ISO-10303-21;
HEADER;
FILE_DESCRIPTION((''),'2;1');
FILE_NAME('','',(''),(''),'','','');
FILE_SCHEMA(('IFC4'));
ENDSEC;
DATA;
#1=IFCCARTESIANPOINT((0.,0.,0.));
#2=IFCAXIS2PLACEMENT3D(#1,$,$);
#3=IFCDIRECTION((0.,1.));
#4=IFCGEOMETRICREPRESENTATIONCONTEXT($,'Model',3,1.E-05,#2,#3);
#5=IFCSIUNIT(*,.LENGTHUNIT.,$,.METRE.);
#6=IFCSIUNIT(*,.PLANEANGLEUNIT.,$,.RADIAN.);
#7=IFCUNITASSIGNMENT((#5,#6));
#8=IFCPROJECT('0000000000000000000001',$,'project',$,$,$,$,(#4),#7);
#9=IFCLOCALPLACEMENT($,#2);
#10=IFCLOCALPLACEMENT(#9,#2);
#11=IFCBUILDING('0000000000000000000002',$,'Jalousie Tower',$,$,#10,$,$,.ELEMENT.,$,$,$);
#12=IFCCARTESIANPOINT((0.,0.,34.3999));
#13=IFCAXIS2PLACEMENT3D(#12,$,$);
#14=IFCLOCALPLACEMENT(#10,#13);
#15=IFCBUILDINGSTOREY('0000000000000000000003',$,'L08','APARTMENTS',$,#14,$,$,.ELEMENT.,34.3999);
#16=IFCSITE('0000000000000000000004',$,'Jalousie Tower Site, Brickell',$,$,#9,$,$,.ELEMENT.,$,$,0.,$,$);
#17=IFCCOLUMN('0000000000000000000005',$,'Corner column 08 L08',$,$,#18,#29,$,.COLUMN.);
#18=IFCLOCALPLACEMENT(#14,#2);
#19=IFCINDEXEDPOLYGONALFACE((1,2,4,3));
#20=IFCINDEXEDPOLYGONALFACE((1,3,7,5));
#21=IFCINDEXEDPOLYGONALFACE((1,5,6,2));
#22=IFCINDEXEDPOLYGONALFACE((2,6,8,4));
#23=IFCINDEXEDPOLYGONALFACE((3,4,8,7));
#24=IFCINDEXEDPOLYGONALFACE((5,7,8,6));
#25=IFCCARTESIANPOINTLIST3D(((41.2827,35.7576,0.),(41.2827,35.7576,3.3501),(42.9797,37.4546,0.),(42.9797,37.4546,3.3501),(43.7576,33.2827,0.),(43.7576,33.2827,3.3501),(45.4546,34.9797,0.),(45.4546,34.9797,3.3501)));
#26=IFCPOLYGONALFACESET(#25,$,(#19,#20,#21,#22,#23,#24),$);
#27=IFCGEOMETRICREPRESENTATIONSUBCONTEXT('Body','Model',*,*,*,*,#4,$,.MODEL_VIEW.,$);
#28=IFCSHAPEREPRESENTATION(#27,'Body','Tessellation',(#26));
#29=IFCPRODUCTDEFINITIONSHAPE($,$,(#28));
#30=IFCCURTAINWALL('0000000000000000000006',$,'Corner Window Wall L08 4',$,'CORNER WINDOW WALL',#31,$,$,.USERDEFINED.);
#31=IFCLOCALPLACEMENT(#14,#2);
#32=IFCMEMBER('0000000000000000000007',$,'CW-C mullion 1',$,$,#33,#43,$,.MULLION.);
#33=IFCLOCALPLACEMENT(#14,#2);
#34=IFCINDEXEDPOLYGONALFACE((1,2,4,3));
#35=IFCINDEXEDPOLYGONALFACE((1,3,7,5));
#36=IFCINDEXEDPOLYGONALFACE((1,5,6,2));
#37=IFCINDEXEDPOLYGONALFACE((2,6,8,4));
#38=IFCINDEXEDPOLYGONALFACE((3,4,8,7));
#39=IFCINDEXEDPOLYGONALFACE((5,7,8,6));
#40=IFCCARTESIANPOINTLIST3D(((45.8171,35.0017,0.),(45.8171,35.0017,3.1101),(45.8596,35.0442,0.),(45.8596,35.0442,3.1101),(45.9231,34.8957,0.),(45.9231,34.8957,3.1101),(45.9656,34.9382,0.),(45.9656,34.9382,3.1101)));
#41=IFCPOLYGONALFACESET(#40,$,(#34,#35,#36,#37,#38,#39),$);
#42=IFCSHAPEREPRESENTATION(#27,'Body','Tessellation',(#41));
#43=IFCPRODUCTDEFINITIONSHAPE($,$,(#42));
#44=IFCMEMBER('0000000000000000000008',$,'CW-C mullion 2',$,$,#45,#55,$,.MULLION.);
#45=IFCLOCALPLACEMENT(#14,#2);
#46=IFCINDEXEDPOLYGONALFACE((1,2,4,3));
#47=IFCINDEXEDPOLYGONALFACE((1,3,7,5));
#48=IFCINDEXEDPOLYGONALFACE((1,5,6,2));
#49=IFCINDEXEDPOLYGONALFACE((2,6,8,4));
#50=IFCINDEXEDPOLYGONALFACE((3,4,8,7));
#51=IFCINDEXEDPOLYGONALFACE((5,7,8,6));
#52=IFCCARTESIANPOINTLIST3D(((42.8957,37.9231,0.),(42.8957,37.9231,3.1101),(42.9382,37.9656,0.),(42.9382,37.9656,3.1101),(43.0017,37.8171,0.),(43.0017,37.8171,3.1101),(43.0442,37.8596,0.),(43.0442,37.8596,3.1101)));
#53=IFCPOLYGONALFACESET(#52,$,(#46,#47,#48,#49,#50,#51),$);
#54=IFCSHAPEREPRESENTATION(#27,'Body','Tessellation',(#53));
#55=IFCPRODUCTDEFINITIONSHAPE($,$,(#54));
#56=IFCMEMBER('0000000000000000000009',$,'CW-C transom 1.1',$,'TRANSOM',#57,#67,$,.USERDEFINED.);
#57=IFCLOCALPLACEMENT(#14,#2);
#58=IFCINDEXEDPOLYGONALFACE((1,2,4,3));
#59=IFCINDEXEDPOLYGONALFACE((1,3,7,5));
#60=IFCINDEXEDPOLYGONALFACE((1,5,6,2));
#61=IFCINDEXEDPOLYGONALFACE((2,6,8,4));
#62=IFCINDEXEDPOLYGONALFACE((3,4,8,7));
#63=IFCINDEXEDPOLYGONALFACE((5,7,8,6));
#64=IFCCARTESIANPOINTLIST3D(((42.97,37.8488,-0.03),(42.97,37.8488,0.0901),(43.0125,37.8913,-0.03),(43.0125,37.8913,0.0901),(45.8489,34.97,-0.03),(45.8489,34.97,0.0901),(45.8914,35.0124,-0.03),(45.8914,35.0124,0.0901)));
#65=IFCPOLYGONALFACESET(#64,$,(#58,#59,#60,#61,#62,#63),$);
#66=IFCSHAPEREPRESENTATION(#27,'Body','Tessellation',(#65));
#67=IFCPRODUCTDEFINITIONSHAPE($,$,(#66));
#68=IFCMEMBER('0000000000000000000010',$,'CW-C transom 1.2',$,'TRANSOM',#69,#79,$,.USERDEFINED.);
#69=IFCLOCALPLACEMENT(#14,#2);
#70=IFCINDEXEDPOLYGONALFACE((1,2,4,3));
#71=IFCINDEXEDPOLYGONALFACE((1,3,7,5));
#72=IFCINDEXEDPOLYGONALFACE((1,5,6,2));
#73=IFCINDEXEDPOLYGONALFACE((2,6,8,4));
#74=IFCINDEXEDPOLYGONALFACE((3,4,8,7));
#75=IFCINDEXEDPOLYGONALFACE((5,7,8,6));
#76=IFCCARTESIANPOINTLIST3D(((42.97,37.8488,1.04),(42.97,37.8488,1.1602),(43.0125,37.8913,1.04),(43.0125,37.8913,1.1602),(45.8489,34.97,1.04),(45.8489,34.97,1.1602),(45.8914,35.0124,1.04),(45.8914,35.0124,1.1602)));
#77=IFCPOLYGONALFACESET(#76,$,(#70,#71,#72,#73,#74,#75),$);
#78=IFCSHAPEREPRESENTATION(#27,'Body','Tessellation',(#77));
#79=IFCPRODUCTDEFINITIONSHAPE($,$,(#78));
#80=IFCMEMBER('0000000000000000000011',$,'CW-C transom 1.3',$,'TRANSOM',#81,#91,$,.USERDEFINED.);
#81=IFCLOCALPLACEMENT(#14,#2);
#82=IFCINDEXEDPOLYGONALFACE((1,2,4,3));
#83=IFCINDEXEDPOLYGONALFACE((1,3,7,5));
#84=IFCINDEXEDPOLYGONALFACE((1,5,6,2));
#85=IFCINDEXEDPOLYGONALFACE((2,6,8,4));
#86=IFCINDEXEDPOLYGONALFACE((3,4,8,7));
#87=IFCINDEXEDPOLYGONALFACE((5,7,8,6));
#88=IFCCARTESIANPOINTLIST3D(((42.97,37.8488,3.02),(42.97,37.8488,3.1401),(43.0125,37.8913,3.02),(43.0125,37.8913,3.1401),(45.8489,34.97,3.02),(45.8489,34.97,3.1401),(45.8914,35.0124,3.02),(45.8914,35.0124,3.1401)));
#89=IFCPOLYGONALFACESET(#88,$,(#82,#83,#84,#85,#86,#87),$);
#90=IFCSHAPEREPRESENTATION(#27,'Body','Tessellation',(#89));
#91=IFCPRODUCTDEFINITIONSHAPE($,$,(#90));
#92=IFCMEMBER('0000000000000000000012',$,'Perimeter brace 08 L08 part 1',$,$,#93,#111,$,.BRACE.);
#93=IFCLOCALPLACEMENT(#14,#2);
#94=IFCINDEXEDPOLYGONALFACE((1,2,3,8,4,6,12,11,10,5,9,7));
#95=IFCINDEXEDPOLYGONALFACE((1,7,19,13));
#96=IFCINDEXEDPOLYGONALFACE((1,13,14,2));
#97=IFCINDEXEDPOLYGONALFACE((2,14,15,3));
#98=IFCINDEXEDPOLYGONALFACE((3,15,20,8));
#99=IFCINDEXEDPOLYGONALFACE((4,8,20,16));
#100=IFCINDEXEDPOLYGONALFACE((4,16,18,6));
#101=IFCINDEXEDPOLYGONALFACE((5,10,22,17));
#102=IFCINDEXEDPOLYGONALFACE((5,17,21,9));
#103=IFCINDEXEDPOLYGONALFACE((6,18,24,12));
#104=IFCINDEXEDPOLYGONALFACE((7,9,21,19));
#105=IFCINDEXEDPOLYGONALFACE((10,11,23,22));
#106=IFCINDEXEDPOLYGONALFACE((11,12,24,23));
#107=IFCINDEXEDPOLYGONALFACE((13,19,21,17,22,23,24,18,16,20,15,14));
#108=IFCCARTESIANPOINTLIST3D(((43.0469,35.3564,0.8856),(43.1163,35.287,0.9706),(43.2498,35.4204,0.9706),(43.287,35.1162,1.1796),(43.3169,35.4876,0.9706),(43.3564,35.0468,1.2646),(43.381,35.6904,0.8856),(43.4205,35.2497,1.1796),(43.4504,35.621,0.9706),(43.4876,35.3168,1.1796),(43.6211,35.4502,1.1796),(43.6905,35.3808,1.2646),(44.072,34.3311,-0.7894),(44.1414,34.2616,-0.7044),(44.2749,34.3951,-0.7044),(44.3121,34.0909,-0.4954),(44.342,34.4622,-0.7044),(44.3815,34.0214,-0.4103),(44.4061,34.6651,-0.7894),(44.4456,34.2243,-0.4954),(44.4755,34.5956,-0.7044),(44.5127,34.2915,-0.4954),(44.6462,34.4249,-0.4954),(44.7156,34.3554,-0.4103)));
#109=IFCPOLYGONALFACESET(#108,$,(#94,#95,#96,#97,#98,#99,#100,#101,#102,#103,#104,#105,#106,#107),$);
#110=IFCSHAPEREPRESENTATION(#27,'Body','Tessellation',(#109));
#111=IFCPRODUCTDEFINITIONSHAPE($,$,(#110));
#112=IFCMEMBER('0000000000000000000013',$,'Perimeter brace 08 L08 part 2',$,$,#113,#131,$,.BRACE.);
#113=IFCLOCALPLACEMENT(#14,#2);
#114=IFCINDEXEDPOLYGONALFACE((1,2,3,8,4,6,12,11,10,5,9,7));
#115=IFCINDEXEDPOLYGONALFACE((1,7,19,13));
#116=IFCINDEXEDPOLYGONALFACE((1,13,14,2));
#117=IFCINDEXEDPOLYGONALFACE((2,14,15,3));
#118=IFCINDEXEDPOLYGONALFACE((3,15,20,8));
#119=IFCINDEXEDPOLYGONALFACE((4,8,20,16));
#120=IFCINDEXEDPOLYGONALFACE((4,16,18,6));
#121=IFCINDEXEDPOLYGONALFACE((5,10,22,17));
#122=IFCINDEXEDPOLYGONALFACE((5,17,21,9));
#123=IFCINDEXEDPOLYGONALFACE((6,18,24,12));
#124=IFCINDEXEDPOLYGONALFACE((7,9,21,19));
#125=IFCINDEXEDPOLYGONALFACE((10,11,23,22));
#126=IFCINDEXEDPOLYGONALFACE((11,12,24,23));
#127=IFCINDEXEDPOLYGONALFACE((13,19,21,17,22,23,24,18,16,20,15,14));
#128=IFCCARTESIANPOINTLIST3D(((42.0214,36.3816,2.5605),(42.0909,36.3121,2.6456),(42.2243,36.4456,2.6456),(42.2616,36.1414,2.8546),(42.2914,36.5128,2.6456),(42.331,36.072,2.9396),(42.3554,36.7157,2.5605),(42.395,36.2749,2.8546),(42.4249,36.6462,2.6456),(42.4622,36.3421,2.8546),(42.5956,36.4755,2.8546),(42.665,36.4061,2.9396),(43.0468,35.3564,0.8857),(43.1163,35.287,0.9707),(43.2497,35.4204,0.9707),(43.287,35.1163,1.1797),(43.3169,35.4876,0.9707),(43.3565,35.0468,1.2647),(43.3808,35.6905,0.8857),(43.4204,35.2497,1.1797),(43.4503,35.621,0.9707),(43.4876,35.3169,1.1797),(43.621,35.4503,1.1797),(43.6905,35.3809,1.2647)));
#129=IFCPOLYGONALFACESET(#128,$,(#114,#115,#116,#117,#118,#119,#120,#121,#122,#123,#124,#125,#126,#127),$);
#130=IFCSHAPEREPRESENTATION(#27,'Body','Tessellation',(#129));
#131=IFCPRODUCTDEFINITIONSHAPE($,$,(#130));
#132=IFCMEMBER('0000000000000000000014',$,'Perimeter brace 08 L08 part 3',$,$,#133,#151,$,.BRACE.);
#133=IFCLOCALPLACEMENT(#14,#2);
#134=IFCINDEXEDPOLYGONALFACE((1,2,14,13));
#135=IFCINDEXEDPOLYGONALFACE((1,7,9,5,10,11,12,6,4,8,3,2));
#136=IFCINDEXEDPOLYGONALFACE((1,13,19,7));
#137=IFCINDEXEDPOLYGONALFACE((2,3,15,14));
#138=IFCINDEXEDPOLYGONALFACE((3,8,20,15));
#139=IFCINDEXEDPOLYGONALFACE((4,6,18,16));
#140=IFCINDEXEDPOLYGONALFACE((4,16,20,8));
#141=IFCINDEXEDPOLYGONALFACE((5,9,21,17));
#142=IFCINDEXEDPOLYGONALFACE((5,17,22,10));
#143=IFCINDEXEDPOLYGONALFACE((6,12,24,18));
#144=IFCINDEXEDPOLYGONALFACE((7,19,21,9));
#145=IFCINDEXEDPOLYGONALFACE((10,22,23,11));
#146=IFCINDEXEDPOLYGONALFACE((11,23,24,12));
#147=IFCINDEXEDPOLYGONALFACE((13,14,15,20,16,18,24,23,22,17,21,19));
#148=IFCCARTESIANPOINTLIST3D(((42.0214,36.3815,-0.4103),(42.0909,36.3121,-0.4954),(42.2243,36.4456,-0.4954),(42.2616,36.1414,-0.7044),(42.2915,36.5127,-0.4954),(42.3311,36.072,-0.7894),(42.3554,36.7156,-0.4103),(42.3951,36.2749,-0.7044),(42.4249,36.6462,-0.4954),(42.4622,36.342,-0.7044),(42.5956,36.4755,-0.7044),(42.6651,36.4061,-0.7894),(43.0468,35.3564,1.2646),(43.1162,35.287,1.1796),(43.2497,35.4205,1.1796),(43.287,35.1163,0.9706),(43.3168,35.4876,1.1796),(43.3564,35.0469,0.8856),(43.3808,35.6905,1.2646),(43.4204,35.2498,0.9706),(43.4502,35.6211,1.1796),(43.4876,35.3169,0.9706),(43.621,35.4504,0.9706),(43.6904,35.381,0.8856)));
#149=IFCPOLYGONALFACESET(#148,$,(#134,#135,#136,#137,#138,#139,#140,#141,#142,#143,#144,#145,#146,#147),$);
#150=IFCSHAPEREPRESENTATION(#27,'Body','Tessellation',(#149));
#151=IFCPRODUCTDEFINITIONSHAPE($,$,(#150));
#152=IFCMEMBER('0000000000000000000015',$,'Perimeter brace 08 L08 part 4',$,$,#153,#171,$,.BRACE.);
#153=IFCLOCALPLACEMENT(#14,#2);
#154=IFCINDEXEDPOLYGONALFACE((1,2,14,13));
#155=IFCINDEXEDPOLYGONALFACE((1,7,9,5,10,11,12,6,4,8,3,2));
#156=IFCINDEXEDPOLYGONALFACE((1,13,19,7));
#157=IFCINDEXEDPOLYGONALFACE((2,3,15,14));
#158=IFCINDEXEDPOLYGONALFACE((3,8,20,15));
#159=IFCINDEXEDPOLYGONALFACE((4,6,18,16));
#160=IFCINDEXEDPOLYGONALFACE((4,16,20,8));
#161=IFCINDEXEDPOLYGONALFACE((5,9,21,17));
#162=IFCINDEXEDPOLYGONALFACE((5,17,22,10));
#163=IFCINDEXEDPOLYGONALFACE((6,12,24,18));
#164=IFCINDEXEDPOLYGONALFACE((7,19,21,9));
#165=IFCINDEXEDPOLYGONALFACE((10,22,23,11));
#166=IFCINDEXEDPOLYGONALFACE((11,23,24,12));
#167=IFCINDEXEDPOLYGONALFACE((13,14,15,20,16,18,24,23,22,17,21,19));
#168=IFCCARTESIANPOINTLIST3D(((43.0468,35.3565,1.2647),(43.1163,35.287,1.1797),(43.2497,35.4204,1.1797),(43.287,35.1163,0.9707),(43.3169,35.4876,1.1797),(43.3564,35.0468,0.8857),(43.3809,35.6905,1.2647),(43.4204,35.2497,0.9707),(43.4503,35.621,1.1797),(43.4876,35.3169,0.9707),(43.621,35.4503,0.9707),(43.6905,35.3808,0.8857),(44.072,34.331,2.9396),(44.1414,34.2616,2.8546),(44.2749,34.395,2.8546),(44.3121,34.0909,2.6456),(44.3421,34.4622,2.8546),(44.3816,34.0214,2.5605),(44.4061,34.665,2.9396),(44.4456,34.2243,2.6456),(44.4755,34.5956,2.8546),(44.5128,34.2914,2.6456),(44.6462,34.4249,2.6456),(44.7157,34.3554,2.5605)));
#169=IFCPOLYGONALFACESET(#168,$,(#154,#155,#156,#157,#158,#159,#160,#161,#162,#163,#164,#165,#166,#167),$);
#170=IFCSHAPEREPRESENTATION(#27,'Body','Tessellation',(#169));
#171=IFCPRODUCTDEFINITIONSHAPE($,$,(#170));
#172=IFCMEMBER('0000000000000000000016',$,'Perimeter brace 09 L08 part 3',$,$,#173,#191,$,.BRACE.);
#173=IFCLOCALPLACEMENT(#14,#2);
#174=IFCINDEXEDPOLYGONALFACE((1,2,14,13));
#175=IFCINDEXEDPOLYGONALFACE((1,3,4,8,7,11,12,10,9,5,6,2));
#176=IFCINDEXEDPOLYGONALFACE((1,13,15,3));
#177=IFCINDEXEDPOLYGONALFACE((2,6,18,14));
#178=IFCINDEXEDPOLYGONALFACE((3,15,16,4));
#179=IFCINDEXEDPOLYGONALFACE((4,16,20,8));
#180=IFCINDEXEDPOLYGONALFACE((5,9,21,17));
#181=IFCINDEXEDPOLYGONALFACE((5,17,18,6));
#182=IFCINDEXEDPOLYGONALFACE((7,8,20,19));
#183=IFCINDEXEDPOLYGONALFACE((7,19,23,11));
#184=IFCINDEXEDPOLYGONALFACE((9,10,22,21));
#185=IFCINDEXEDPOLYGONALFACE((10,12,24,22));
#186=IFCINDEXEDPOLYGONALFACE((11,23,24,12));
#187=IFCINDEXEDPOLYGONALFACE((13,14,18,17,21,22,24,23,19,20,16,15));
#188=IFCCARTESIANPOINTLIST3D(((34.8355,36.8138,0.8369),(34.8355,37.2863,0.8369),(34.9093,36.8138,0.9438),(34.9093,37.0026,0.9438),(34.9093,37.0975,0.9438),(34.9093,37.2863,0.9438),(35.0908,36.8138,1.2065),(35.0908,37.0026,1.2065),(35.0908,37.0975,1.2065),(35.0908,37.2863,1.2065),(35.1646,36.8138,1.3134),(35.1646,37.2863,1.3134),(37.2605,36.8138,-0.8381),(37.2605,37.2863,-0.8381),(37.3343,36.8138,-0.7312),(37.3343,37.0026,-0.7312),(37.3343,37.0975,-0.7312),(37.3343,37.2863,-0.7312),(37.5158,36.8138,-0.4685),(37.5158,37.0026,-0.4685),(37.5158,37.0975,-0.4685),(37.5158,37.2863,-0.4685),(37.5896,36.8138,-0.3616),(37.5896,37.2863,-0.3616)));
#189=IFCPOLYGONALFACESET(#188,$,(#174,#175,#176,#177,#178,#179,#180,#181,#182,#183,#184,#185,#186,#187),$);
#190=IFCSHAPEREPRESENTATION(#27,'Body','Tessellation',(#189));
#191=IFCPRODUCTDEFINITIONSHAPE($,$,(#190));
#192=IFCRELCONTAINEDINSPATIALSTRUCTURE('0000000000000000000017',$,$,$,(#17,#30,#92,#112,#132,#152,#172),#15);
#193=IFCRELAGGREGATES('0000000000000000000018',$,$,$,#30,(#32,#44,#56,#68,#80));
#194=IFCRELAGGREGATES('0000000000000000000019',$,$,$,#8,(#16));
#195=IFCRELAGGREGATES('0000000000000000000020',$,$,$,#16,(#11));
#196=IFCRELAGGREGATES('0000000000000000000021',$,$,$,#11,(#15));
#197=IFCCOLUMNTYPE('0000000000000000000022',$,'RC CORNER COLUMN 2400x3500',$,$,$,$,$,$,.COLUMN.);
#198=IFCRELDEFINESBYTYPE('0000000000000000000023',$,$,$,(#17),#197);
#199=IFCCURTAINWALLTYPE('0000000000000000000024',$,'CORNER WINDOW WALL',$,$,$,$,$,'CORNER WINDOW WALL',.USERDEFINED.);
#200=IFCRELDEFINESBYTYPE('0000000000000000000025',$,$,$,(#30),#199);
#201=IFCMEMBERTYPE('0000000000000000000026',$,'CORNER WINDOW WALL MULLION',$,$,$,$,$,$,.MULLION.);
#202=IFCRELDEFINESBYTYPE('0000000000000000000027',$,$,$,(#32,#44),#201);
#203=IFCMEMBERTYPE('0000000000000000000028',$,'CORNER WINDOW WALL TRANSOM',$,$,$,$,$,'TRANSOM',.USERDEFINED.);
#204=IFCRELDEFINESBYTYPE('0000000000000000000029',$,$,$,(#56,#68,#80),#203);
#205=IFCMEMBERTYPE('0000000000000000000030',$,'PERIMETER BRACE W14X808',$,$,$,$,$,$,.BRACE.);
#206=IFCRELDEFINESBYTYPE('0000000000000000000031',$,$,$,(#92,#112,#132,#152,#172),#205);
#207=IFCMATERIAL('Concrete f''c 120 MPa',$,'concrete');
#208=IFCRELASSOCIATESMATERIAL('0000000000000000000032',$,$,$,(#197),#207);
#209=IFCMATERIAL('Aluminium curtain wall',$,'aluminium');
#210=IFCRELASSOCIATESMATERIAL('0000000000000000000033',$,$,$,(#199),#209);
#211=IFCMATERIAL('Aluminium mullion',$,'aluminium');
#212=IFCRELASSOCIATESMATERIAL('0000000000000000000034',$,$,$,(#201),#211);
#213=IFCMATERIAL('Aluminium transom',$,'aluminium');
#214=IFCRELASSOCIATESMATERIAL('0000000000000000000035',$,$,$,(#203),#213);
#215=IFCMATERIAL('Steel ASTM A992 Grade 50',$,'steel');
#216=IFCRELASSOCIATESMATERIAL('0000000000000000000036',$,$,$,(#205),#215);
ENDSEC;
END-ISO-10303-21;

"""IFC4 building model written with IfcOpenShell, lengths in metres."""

from ifc_helpers import new_model, si_unit, direction, frame, origin, origin_2d, place, context, subcontext, project, spatial, rectangle, i_section, extrude, material, material_profile, profile_set, type_object, element, aggregate, save


model = new_model("IFC4")

# Units and contexts
model_context = context("Model", 3, precision=1e-05, world=origin(), true_north=direction((0.0, 1.0)))
body_context = subcontext(model_context, "Body", "Model", "MODEL_VIEW")
ifc_project = project(units=[si_unit("LENGTHUNIT", "METRE"), si_unit("PLANEANGLEUNIT", "RADIAN")], contexts=[model_context])

# Site, building, storey
site_placement = place(None, origin())
site = spatial("IfcSite", under=ifc_project, at=site_placement, Name="Jalousie Tower Site, Brickell", CompositionType="ELEMENT", RefElevation=0.0)
building_placement = place(site_placement, origin())
building = spatial("IfcBuilding", under=site, at=building_placement, Name="Jalousie Tower", CompositionType="ELEMENT")
storey_placement = place(building_placement, frame((0.0, 0.0, 34.3999)))
storey = spatial("IfcBuildingStorey", under=building, at=storey_placement, Name="L08", Description="APARTMENTS", CompositionType="ELEMENT", Elevation=34.3999)

# Column
ifc_material_1 = material(Name="Concrete f'c 120 MPa", Category="concrete")
ifc_material_profile_1 = material_profile(ifc_material_1, rectangle(XDim=2.3999, YDim=3.5, at=origin_2d()), Name="RC 2400x3500")
ifc_profile_set_1 = profile_set([ifc_material_profile_1], Name="Concrete f'c 120 MPa")
column_type = type_object("IfcColumnType", Name="RC CORNER COLUMN 2400x3500", PredefinedType="COLUMN", material=ifc_profile_set_1)
column_placement = place(storey_placement, frame((43.3687, 35.3687, 0.0), z_axis=(0.0, 0.0, 1.0), x_axis=(-0.707107, -0.707107, 0.0)))
element("IfcColumn", 1, at=column_placement, inside=storey, type_object=column_type, Name="Corner column 08 L08", PredefinedType="COLUMN", context=body_context, shape_type="SweptSolid", body=[
    extrude(rectangle(XDim=2.3999, YDim=3.5, at=origin_2d()), origin(), (0.0, 0.0, 1.0), 3.3501),
])

# Curtain wall, members
ifc_material_2 = material(Name="Aluminium curtain wall", Category="aluminium")
curtain_wall_type_1 = type_object("IfcCurtainWallType", Name="CORNER WINDOW WALL", ElementType="CORNER WINDOW WALL", PredefinedType="USERDEFINED", material=ifc_material_2)
curtain_wall_1_placement = place(storey_placement, origin())
curtain_wall_1 = element("IfcCurtainWall", 2, at=curtain_wall_1_placement, inside=storey, type_object=curtain_wall_type_1, Name="Corner Window Wall L08 4", ObjectType="CORNER WINDOW WALL", PredefinedType="USERDEFINED")
ifc_material_3 = material(Name="Aluminium mullion", Category="aluminium")
ifc_material_profile_2 = material_profile(ifc_material_3, rectangle(XDim=0.0601, YDim=0.1499, at=origin_2d()), Name="MULLION 60x150")
ifc_profile_set_2 = profile_set([ifc_material_profile_2], Name="Aluminium mullion")
member_type_1 = type_object("IfcMemberType", Name="CORNER WINDOW WALL MULLION", PredefinedType="MULLION", material=ifc_profile_set_2)
member_1_placement = place(storey_placement, frame((45.8914, 34.97, 0.0), z_axis=(0.0, 0.0, 1.0), x_axis=(-0.707107, -0.707107, 0.0)))
member_1 = element("IfcMember", 3, at=member_1_placement, type_object=member_type_1, Name="CW-C mullion 1", PredefinedType="MULLION", context=body_context, shape_type="SweptSolid", body=[
    extrude(rectangle(XDim=0.0601, YDim=0.1499, at=origin_2d()), origin(), (0.0, 0.0, 1.0), 3.1101),
])
member_2_placement = place(storey_placement, frame((42.97, 37.8914, 0.0), z_axis=(0.0, 0.0, 1.0), x_axis=(-0.707107, -0.707107, 0.0)))
member_2 = element("IfcMember", 4, at=member_2_placement, type_object=member_type_1, Name="CW-C mullion 2", PredefinedType="MULLION", context=body_context, shape_type="SweptSolid", body=[
    extrude(rectangle(XDim=0.0601, YDim=0.1499, at=origin_2d()), origin(), (0.0, 0.0, 1.0), 3.1101),
])
ifc_material_4 = material(Name="Aluminium transom", Category="aluminium")
ifc_material_profile_3 = material_profile(ifc_material_4, rectangle(XDim=0.0601, YDim=0.1201, at=origin_2d()), Name="TRANSOM 60x120")
ifc_profile_set_3 = profile_set([ifc_material_profile_3], Name="Aluminium transom")
member_type_2 = type_object("IfcMemberType", Name="CORNER WINDOW WALL TRANSOM", ElementType="TRANSOM", PredefinedType="USERDEFINED", material=ifc_profile_set_3)
member_3_placement = place(storey_placement, frame((45.8701, 34.9912, 0.03), z_axis=(-0.707107, 0.707107, 0.0), x_axis=(-0.707107, -0.707107, 0.0)))
member_3 = element("IfcMember", 5, at=member_3_placement, type_object=member_type_2, Name="CW-C transom 1.1", ObjectType="TRANSOM", PredefinedType="USERDEFINED", context=body_context, shape_type="SweptSolid", body=[
    extrude(rectangle(XDim=0.0601, YDim=0.1201, at=origin_2d()), origin(), (0.0, 0.0, 1.0), 4.0713),
])
member_4_placement = place(storey_placement, frame((45.8701, 34.9912, 1.1001), z_axis=(-0.707107, 0.707107, 0.0), x_axis=(-0.707107, -0.707107, 0.0)))
member_4 = element("IfcMember", 6, at=member_4_placement, type_object=member_type_2, Name="CW-C transom 1.2", ObjectType="TRANSOM", PredefinedType="USERDEFINED", context=body_context, shape_type="SweptSolid", body=[
    extrude(rectangle(XDim=0.0601, YDim=0.1201, at=origin_2d()), origin(), (0.0, 0.0, 1.0), 4.0713),
])
member_5_placement = place(storey_placement, frame((45.8701, 34.9912, 3.0801), z_axis=(-0.707107, 0.707107, 0.0), x_axis=(-0.707107, -0.707107, 0.0)))
member_5 = element("IfcMember", 7, at=member_5_placement, type_object=member_type_2, Name="CW-C transom 1.3", ObjectType="TRANSOM", PredefinedType="USERDEFINED", context=body_context, shape_type="SweptSolid", body=[
    extrude(rectangle(XDim=0.0601, YDim=0.1201, at=origin_2d()), origin(), (0.0, 0.0, 1.0), 4.0713),
])

# Members
ifc_material_5 = material(Name="Steel ASTM A992 Grade 50", Category="steel")
ifc_material_profile_4 = material_profile(ifc_material_5, i_section(OverallWidth=0.4724, OverallDepth=0.5791, WebThickness=0.095, FlangeThickness=0.1299, at=origin_2d()), Name="W14X808")
ifc_profile_set_4 = profile_set([ifc_material_profile_4], Name="Steel ASTM A992 Grade 50")
member_type_3 = type_object("IfcMemberType", Name="PERIMETER BRACE W14X808", PredefinedType="BRACE", material=ifc_profile_set_4)
for number, where, z_axis, x_axis, name in (
    (8, (44.3938, 34.3433, -0.5999), (-0.46273, 0.46284, 0.756082), (-0.707191, -0.707023, 0.0), "Perimeter brace 08 L08 part 1"),
    (9, (43.3687, 35.3687, 1.0752), (-0.462879, 0.462768, 0.756035), (-0.707023, -0.707191, 0.0), "Perimeter brace 08 L08 part 2"),
    (10, (42.3433, 36.3938, -0.5999), (0.46284, -0.46273, 0.756082), (0.707023, 0.707191, 0.0), "Perimeter brace 08 L08 part 3"),
    (11, (43.3687, 35.3687, 1.0752), (0.462768, -0.462879, 0.756035), (0.707191, 0.707023, 0.0), "Perimeter brace 08 L08 part 4"),
):
    element("IfcMember", number, at=place(storey_placement, frame(where, z_axis=z_axis, x_axis=x_axis)), inside=storey, type_object=member_type_3, Name=name, PredefinedType="BRACE", context=body_context, shape_type="SweptSolid", body=[
        extrude(i_section(OverallWidth=0.4724, OverallDepth=0.5791, WebThickness=0.095, FlangeThickness=0.1299, at=origin_2d()), origin(), (0.0, 0.0, 1.0), 2.2153),
    ])
member_6_placement = place(storey_placement, frame((37.425, 37.05, -0.5999), z_axis=(-0.8228, 0.0, 0.568331), x_axis=(0.0, -1.0, 0.0)))
element("IfcMember", 12, at=member_6_placement, inside=storey, type_object=member_type_3, Name="Perimeter brace 09 L08 part 3", PredefinedType="BRACE", context=body_context, shape_type="SweptSolid", body=[
    extrude(i_section(OverallWidth=0.4724, OverallDepth=0.5791, WebThickness=0.095, FlangeThickness=0.1299, at=origin_2d()), origin(), (0.0, 0.0, 1.0), 2.9473),
])

aggregate(curtain_wall_1, [member_1, member_2, member_3, member_4, member_5])

save(model, "model.ifc")
